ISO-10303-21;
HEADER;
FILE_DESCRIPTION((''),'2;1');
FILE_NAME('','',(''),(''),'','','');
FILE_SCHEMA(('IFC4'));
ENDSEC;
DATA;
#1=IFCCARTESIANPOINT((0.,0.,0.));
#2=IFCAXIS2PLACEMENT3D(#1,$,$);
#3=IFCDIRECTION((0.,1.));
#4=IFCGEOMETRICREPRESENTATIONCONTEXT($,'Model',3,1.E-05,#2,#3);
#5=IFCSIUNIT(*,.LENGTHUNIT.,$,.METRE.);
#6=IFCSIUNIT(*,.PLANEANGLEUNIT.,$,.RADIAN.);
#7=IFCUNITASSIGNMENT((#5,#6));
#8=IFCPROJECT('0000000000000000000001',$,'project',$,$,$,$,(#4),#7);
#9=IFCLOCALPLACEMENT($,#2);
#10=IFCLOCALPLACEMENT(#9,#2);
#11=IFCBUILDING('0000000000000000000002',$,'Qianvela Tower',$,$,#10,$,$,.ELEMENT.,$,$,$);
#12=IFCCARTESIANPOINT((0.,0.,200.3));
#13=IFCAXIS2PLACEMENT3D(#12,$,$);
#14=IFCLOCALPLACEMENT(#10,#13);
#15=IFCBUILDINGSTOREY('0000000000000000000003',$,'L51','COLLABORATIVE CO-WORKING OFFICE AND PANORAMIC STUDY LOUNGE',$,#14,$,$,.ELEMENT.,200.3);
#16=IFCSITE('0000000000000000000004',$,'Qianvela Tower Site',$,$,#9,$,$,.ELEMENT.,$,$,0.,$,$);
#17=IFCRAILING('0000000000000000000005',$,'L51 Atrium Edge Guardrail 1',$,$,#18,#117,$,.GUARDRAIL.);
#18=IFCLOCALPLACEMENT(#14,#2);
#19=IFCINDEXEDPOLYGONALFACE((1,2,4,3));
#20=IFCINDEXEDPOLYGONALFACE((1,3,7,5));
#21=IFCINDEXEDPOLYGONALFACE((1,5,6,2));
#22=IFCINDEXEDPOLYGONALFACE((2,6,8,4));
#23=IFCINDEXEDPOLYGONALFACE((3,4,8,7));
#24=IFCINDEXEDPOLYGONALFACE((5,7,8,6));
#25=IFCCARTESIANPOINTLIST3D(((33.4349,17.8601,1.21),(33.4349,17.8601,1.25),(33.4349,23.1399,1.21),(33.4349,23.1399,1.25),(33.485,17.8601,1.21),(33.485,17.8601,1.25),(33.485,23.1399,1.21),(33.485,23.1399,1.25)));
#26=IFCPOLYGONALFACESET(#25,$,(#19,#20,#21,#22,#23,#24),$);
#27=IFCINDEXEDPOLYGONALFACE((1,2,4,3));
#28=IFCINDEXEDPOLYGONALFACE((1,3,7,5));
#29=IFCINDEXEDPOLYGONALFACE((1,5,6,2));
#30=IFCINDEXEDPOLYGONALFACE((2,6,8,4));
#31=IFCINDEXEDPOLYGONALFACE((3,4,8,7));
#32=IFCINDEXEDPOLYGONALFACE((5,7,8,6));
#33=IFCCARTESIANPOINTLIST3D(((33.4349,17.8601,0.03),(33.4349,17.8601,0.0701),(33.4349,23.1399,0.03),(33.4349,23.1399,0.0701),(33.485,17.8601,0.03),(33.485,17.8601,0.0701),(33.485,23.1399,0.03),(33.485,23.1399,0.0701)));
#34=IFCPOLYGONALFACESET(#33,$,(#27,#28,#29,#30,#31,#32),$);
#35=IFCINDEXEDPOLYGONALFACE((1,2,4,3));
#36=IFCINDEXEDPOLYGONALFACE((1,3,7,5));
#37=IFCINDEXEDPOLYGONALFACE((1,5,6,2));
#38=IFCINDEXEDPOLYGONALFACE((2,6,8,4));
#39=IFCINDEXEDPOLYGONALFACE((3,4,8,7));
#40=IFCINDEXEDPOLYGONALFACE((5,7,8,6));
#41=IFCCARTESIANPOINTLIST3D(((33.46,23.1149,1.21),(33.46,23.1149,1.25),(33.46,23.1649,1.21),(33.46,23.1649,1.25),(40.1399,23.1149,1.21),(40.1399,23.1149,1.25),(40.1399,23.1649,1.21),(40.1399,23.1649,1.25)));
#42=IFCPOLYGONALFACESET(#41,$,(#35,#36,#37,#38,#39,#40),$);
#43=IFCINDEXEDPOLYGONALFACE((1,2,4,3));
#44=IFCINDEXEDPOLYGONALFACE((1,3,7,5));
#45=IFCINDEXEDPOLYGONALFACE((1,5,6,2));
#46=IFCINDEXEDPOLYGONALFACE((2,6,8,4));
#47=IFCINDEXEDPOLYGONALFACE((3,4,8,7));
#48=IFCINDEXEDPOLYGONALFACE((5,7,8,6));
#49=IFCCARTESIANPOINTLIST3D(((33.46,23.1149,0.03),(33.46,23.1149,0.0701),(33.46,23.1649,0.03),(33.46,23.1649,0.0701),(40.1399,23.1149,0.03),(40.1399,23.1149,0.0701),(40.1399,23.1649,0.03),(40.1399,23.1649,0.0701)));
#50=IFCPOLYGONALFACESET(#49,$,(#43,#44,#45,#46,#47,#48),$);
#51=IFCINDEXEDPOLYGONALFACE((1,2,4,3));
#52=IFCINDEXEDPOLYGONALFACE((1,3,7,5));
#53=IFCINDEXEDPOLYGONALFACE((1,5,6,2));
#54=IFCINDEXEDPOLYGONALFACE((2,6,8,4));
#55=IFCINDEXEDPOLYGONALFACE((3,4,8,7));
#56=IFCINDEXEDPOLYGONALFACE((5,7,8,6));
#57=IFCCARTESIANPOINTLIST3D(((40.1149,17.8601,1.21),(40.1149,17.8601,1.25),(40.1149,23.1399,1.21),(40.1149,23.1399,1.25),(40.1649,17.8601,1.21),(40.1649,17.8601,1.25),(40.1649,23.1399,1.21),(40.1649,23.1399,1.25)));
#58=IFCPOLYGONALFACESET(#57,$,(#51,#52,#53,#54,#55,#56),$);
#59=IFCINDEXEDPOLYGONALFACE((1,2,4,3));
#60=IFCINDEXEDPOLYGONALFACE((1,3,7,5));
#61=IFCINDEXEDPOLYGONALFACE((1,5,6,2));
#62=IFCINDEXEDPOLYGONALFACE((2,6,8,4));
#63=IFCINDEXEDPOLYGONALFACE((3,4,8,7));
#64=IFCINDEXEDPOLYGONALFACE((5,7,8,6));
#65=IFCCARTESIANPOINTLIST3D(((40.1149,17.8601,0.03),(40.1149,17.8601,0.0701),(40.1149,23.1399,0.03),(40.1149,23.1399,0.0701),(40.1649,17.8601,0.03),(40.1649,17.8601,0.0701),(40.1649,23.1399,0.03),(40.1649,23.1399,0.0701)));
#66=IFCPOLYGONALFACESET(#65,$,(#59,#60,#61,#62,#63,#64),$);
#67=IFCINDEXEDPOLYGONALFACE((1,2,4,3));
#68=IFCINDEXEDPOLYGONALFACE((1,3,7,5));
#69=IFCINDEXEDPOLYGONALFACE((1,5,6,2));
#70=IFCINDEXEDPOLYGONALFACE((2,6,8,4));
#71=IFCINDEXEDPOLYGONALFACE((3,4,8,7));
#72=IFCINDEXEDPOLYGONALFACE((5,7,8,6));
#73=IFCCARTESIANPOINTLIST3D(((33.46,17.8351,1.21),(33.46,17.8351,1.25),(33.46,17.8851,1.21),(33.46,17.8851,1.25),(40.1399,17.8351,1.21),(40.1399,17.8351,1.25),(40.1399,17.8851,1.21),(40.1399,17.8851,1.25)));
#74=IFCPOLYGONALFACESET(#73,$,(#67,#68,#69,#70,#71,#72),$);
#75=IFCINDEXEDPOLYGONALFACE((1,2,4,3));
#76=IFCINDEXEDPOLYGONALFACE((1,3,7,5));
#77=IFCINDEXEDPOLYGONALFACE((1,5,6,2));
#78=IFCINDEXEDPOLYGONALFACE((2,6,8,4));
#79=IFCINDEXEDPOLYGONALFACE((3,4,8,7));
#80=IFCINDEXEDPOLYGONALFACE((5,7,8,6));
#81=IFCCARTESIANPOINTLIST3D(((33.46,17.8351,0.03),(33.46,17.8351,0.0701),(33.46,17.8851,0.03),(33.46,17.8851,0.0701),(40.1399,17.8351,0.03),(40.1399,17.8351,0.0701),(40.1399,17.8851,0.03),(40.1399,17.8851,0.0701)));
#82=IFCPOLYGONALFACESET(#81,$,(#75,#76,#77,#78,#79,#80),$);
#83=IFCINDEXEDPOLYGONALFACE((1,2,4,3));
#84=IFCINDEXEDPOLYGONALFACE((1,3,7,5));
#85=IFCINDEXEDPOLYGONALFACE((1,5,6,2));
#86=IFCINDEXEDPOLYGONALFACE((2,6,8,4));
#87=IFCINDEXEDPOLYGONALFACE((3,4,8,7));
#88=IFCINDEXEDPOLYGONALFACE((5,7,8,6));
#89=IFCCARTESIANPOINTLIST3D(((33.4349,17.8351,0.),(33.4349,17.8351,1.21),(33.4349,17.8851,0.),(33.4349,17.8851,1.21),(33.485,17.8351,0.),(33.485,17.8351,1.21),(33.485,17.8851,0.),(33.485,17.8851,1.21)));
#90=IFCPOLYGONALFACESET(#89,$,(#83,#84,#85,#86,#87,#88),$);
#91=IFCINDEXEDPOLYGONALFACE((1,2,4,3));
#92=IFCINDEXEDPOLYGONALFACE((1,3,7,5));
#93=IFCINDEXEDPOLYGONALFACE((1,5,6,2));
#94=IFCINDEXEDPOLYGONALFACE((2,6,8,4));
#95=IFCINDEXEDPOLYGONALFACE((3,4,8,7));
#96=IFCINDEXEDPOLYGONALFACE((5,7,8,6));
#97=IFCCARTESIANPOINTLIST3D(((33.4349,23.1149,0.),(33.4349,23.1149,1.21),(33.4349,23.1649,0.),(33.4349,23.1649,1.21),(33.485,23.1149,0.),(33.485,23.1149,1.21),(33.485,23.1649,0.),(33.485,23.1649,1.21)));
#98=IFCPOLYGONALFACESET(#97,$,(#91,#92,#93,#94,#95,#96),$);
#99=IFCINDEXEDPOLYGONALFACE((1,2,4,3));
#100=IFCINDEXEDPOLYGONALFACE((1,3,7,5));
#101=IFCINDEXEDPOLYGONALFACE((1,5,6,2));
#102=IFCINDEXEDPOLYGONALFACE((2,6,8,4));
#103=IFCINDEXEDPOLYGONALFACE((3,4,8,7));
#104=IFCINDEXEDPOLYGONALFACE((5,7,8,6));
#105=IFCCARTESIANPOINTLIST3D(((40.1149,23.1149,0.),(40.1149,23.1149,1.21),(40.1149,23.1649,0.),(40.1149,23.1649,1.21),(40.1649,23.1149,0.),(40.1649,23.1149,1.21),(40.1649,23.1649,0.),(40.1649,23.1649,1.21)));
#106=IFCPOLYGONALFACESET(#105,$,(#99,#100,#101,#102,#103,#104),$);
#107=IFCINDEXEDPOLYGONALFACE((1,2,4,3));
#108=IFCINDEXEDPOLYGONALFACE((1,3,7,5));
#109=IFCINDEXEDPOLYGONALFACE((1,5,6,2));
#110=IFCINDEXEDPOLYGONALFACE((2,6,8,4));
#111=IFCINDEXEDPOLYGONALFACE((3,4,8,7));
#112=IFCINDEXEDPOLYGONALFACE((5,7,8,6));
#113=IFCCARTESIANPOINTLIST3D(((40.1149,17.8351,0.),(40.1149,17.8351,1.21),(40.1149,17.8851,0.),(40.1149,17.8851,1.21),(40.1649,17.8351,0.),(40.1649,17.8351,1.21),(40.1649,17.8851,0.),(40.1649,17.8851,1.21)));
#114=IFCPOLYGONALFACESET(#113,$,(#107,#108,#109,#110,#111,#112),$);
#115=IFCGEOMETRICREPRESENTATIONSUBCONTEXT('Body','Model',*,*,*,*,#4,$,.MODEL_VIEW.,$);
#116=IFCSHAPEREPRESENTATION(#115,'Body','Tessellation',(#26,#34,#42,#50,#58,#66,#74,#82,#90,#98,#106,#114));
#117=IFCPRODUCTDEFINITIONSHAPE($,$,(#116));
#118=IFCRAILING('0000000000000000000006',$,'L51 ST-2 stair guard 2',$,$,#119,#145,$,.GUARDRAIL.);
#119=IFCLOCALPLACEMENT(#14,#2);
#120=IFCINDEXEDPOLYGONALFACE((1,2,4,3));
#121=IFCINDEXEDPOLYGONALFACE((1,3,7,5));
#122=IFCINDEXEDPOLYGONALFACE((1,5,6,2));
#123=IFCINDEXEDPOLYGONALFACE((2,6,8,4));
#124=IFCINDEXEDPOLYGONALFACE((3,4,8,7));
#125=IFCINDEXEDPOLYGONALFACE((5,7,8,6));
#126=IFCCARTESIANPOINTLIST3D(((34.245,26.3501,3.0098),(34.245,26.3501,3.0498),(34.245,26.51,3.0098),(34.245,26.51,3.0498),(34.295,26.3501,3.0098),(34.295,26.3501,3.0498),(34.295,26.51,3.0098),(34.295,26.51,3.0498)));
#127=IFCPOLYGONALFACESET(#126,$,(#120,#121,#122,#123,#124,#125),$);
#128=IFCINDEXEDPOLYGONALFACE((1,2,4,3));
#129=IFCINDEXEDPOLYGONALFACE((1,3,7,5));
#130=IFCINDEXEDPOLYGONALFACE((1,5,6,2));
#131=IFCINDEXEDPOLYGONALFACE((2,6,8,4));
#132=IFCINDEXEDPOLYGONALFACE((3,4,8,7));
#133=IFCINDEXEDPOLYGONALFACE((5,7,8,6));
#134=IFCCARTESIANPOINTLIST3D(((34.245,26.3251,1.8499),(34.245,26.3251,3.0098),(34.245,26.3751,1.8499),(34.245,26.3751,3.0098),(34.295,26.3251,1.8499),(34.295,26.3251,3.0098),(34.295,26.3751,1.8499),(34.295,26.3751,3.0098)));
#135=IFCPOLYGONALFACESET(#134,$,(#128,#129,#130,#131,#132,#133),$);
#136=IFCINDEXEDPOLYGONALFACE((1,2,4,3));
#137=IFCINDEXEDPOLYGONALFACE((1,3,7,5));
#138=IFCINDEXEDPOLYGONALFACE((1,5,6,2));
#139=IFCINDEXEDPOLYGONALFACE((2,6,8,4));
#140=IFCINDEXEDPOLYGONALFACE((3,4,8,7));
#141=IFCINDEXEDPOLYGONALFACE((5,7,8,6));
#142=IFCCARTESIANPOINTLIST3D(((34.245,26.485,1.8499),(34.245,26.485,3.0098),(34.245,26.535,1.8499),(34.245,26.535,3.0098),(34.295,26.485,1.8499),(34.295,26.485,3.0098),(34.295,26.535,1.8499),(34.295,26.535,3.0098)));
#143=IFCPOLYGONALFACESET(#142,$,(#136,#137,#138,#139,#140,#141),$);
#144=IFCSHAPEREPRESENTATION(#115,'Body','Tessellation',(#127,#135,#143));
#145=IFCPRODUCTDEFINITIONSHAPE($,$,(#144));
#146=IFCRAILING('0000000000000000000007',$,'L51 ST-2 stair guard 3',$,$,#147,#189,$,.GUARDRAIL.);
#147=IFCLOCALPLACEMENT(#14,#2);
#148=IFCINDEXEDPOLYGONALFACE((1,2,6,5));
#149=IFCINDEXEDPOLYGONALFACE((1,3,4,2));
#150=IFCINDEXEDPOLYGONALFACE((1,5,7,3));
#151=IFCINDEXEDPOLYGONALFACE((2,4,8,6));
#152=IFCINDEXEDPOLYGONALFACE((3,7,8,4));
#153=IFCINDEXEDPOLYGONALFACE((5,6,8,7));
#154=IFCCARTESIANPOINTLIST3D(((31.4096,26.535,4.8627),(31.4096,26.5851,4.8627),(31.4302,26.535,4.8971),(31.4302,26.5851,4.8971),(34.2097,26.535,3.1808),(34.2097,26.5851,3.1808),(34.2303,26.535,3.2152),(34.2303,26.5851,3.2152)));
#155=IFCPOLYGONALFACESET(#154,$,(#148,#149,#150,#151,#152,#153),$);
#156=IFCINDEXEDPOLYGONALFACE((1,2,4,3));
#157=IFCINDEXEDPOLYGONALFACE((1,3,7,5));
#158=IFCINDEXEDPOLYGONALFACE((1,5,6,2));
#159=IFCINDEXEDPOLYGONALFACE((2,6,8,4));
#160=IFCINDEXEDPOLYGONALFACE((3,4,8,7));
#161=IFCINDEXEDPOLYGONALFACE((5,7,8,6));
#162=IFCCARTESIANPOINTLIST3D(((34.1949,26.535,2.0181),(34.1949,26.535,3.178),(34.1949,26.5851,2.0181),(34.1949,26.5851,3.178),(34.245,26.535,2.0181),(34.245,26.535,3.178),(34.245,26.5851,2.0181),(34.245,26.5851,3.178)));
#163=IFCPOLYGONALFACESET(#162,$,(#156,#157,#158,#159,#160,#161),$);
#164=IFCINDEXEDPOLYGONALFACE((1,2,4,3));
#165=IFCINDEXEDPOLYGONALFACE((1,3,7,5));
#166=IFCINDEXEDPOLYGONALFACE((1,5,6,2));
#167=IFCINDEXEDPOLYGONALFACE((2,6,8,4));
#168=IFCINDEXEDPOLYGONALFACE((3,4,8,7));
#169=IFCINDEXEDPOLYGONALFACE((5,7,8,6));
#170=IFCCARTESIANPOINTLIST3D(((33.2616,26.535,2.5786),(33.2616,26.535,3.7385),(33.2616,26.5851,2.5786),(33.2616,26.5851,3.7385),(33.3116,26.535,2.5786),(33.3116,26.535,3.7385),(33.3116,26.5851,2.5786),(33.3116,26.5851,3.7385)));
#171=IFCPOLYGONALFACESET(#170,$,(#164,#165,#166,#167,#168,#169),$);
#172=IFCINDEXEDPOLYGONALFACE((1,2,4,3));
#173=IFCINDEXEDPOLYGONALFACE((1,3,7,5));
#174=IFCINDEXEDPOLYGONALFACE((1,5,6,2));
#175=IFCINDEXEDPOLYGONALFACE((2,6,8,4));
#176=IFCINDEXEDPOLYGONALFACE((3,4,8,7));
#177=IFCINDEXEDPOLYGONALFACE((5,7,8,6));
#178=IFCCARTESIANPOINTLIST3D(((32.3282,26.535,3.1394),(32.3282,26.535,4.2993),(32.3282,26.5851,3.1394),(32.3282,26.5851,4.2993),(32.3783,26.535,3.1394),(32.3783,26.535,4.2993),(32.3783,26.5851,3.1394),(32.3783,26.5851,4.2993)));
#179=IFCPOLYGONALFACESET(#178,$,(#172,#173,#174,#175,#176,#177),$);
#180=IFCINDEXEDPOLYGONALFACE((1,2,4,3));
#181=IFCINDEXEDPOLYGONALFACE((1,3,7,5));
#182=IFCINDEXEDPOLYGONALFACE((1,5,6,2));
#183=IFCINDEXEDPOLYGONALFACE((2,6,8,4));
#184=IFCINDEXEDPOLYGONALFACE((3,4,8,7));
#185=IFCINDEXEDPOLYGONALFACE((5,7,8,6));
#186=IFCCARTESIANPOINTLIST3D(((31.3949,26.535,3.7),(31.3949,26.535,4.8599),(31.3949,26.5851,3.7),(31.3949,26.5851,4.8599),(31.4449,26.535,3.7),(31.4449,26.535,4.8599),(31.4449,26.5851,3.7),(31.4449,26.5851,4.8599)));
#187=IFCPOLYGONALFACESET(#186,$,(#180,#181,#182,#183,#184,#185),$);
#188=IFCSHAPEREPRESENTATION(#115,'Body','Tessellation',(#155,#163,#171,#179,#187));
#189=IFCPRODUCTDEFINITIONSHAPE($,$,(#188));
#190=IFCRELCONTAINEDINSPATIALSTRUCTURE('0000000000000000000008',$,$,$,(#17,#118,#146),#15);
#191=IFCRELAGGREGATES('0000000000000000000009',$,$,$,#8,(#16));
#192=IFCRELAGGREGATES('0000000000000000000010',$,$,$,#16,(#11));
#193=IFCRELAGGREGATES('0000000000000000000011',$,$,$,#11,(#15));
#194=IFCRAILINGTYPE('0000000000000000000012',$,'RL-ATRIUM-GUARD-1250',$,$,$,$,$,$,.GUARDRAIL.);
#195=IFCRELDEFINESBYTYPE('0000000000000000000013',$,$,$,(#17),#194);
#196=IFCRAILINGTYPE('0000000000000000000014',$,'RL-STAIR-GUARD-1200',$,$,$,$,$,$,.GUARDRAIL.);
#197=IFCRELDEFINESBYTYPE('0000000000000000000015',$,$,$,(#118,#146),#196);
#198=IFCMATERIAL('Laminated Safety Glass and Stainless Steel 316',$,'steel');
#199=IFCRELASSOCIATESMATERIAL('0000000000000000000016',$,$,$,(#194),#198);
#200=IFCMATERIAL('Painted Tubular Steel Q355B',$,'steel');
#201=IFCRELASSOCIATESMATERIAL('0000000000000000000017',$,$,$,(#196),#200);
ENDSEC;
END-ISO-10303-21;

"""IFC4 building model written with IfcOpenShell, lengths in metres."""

from ifc_helpers import new_model, si_unit, direction, frame, origin, origin_2d, place, context, subcontext, project, spatial, rectangle, extrude, material, type_object, element, save


model = new_model("IFC4")

# Units and contexts
model_context = context("Model", 3, precision=1e-05, world=origin(), true_north=direction((0.0, 1.0)))
body_context = subcontext(model_context, "Body", "Model", "MODEL_VIEW")
ifc_project = project(units=[si_unit("LENGTHUNIT", "METRE"), si_unit("PLANEANGLEUNIT", "RADIAN")], contexts=[model_context])

# Site, building, storey
site_placement = place(None, origin())
site = spatial("IfcSite", under=ifc_project, at=site_placement, Name="Qianvela Tower Site", CompositionType="ELEMENT", RefElevation=0.0)
building_placement = place(site_placement, origin())
building = spatial("IfcBuilding", under=site, at=building_placement, Name="Qianvela Tower", CompositionType="ELEMENT")
storey_placement = place(building_placement, frame((0.0, 0.0, 200.3)))
storey = spatial("IfcBuildingStorey", under=building, at=storey_placement, Name="L51", Description="COLLABORATIVE CO-WORKING OFFICE AND PANORAMIC STUDY LOUNGE", CompositionType="ELEMENT", Elevation=200.3)

# Railings
ifc_material_1 = material(Name="Laminated Safety Glass and Stainless Steel 316", Category="steel")
railing_type_1 = type_object("IfcRailingType", Name="RL-ATRIUM-GUARD-1250", PredefinedType="GUARDRAIL", material=ifc_material_1)
railing_1_placement = place(storey_placement, frame((33.46, 17.8601, 0.0)))
element("IfcRailing", 1, at=railing_1_placement, inside=storey, type_object=railing_type_1, Name="L51 Atrium Edge Guardrail 1", PredefinedType="GUARDRAIL", context=body_context, shape_type="SweptSolid", body=[
    extrude(rectangle(XDim=0.05, YDim=0.04, at=origin_2d()), frame((0.0, 0.0, 1.23), z_axis=(0.0, 1.0, 0.0), x_axis=(-1.0, 0.0, 0.0)), (0.0, 0.0, 1.0), 5.2798),
    extrude(rectangle(XDim=0.05, YDim=0.04, at=origin_2d()), frame((0.0, 0.0, 0.05), z_axis=(0.0, 1.0, 0.0), x_axis=(-1.0, 0.0, 0.0)), (0.0, 0.0, 1.0), 5.2798),
    extrude(rectangle(XDim=0.05, YDim=0.04, at=origin_2d()), frame((0.0, 5.2798, 1.23), z_axis=(1.0, 0.0, 0.0), x_axis=(0.0, 1.0, 0.0)), (0.0, 0.0, 1.0), 6.6799),
    extrude(rectangle(XDim=0.05, YDim=0.04, at=origin_2d()), frame((0.0, 5.2798, 0.05), z_axis=(1.0, 0.0, 0.0), x_axis=(0.0, 1.0, 0.0)), (0.0, 0.0, 1.0), 6.6799),
    extrude(rectangle(XDim=0.05, YDim=0.04, at=origin_2d()), frame((6.6799, 5.2798, 1.23), z_axis=(0.0, -1.0, 0.0), x_axis=(1.0, 0.0, 0.0)), (0.0, 0.0, 1.0), 5.2798),
    extrude(rectangle(XDim=0.05, YDim=0.04, at=origin_2d()), frame((6.6799, 5.2798, 0.05), z_axis=(0.0, -1.0, 0.0), x_axis=(1.0, 0.0, 0.0)), (0.0, 0.0, 1.0), 5.2798),
    extrude(rectangle(XDim=0.05, YDim=0.04, at=origin_2d()), frame((6.6799, 0.0, 1.23), z_axis=(-1.0, 0.0, 0.0), x_axis=(0.0, -1.0, 0.0)), (0.0, 0.0, 1.0), 6.6799),
    extrude(rectangle(XDim=0.05, YDim=0.04, at=origin_2d()), frame((6.6799, 0.0, 0.05), z_axis=(-1.0, 0.0, 0.0), x_axis=(0.0, -1.0, 0.0)), (0.0, 0.0, 1.0), 6.6799),
    extrude(rectangle(XDim=0.05, YDim=0.05, at=origin_2d()), origin(), (0.0, 0.0, 1.0), 1.21),
    extrude(rectangle(XDim=0.05, YDim=0.05, at=origin_2d()), frame((0.0, 5.2798, 0.0)), (0.0, 0.0, 1.0), 1.21),
    extrude(rectangle(XDim=0.05, YDim=0.05, at=origin_2d()), frame((6.6799, 5.2798, 0.0)), (0.0, 0.0, 1.0), 1.21),
    extrude(rectangle(XDim=0.05, YDim=0.05, at=origin_2d()), frame((6.6799, 0.0, 0.0)), (0.0, 0.0, 1.0), 1.21),
])
ifc_material_2 = material(Name="Painted Tubular Steel Q355B", Category="steel")
railing_type_2 = type_object("IfcRailingType", Name="RL-STAIR-GUARD-1200", PredefinedType="GUARDRAIL", material=ifc_material_2)
railing_2_placement = place(storey_placement, frame((34.27, 26.3501, 1.8499)))
element("IfcRailing", 2, at=railing_2_placement, inside=storey, type_object=railing_type_2, Name="L51 ST-2 stair guard 2", PredefinedType="GUARDRAIL", context=body_context, shape_type="SweptSolid", body=[
    extrude(rectangle(XDim=0.05, YDim=0.04, at=origin_2d()), frame((0.0, 0.0, 1.1799), z_axis=(0.0, 1.0, 0.0), x_axis=(-1.0, 0.0, 0.0)), (0.0, 0.0, 1.0), 0.1599),
    extrude(rectangle(XDim=0.05, YDim=0.05, at=origin_2d()), origin(), (0.0, 0.0, 1.0), 1.1599),
    extrude(rectangle(XDim=0.05, YDim=0.05, at=origin_2d()), frame((0.0, 0.1599, 0.0)), (0.0, 0.0, 1.0), 1.1599),
])
railing_3_placement = place(storey_placement, frame((34.22, 26.5601, 2.0181)))
element("IfcRailing", 3, at=railing_3_placement, inside=storey, type_object=railing_type_2, Name="L51 ST-2 stair guard 3", PredefinedType="GUARDRAIL", context=body_context, shape_type="SweptSolid", body=[
    extrude(rectangle(XDim=0.05, YDim=0.04, at=origin_2d()), frame((0.0, 0.0, 1.1799), z_axis=(-0.857242, 0.0, 0.514913), x_axis=(0.0, -1.0, 0.0)), (0.0, 0.0, 1.0), 3.2664),
    extrude(rectangle(XDim=0.05, YDim=0.05, at=origin_2d()), origin(), (0.0, 0.0, 1.0), 1.1599),
    extrude(rectangle(XDim=0.05, YDim=0.05, at=origin_2d()), frame((-0.9333, 0.0, 0.5605)), (0.0, 0.0, 1.0), 1.1599),
    extrude(rectangle(XDim=0.05, YDim=0.05, at=origin_2d()), frame((-1.8667, 0.0, 1.1213)), (0.0, 0.0, 1.0), 1.1599),
    extrude(rectangle(XDim=0.05, YDim=0.05, at=origin_2d()), frame((-2.8, 0.0, 1.6819)), (0.0, 0.0, 1.0), 1.1599),
])

save(model, "model.ifc")
